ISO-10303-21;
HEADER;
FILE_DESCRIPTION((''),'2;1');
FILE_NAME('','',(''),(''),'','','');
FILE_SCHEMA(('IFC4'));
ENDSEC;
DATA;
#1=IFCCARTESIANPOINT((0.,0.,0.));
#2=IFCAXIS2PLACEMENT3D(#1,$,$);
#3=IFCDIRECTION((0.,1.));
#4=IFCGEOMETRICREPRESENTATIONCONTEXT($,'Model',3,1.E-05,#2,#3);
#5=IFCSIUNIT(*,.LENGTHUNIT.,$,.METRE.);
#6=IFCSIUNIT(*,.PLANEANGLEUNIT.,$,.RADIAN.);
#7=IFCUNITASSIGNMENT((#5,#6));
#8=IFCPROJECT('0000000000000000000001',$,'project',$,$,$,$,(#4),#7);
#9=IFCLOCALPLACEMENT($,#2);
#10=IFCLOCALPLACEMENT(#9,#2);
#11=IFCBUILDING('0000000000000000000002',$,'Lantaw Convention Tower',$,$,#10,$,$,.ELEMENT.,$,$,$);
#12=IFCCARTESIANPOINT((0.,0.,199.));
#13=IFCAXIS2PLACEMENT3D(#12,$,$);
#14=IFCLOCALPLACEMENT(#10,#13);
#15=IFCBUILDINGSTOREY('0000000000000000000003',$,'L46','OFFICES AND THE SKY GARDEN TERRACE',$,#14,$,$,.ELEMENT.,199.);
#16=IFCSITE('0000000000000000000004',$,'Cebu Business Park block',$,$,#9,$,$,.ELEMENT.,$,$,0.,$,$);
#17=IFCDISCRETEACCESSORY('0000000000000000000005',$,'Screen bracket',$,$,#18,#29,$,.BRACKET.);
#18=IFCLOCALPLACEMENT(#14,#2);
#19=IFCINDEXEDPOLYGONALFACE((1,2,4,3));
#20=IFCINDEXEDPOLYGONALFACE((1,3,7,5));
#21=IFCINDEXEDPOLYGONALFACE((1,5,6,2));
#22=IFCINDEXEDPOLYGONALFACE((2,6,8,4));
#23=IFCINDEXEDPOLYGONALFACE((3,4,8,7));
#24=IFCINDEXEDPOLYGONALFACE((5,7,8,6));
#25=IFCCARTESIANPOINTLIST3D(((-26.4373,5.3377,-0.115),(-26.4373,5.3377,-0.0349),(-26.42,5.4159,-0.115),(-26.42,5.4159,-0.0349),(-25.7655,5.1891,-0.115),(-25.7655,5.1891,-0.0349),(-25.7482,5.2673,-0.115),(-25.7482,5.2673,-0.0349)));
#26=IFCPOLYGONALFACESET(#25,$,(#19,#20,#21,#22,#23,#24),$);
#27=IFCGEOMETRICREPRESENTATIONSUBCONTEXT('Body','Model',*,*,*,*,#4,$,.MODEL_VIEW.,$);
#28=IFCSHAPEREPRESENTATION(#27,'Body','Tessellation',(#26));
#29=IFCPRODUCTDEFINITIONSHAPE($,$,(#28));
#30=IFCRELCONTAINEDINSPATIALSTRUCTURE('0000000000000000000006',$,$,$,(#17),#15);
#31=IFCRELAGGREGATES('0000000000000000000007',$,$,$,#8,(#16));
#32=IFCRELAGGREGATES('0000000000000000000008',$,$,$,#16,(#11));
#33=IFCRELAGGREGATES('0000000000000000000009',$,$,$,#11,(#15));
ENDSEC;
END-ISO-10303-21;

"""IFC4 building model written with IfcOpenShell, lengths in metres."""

from ifc_helpers import new_model, si_unit, direction, frame, origin, origin_2d, place, context, subcontext, project, spatial, rectangle, extrude, element, save


model = new_model("IFC4")

# Units and contexts
model_context = context("Model", 3, precision=1e-05, world=origin(), true_north=direction((0.0, 1.0)))
body_context = subcontext(model_context, "Body", "Model", "MODEL_VIEW")
ifc_project = project(units=[si_unit("LENGTHUNIT", "METRE"), si_unit("PLANEANGLEUNIT", "RADIAN")], contexts=[model_context])

# Site, building, storey
site_placement = place(None, origin())
site = spatial("IfcSite", under=ifc_project, at=site_placement, Name="Cebu Business Park block", CompositionType="ELEMENT", RefElevation=0.0)
building_placement = place(site_placement, origin())
building = spatial("IfcBuilding", under=site, at=building_placement, Name="Lantaw Convention Tower", CompositionType="ELEMENT")
storey_placement = place(building_placement, frame((0.0, 0.0, 199.0)))
storey = spatial("IfcBuildingStorey", under=building, at=storey_placement, Name="L46", Description="OFFICES AND THE SKY GARDEN TERRACE", CompositionType="ELEMENT", Elevation=199.0)

# Discrete accessory
discrete_accessory_placement = place(storey_placement, frame((-26.0928, 5.3025, -0.115), z_axis=(0.0, 0.0, 1.0), x_axis=(-0.215891, -0.976417, 0.0)))
element("IfcDiscreteAccessory", 1, at=discrete_accessory_placement, inside=storey, Name="Screen bracket", PredefinedType="BRACKET", context=body_context, shape_type="SweptSolid", body=[
    extrude(rectangle(XDim=0.0801, YDim=0.688, at=origin_2d()), origin(), (0.0, 0.0, 1.0), 0.0801),
])

save(model, "model.ifc")
